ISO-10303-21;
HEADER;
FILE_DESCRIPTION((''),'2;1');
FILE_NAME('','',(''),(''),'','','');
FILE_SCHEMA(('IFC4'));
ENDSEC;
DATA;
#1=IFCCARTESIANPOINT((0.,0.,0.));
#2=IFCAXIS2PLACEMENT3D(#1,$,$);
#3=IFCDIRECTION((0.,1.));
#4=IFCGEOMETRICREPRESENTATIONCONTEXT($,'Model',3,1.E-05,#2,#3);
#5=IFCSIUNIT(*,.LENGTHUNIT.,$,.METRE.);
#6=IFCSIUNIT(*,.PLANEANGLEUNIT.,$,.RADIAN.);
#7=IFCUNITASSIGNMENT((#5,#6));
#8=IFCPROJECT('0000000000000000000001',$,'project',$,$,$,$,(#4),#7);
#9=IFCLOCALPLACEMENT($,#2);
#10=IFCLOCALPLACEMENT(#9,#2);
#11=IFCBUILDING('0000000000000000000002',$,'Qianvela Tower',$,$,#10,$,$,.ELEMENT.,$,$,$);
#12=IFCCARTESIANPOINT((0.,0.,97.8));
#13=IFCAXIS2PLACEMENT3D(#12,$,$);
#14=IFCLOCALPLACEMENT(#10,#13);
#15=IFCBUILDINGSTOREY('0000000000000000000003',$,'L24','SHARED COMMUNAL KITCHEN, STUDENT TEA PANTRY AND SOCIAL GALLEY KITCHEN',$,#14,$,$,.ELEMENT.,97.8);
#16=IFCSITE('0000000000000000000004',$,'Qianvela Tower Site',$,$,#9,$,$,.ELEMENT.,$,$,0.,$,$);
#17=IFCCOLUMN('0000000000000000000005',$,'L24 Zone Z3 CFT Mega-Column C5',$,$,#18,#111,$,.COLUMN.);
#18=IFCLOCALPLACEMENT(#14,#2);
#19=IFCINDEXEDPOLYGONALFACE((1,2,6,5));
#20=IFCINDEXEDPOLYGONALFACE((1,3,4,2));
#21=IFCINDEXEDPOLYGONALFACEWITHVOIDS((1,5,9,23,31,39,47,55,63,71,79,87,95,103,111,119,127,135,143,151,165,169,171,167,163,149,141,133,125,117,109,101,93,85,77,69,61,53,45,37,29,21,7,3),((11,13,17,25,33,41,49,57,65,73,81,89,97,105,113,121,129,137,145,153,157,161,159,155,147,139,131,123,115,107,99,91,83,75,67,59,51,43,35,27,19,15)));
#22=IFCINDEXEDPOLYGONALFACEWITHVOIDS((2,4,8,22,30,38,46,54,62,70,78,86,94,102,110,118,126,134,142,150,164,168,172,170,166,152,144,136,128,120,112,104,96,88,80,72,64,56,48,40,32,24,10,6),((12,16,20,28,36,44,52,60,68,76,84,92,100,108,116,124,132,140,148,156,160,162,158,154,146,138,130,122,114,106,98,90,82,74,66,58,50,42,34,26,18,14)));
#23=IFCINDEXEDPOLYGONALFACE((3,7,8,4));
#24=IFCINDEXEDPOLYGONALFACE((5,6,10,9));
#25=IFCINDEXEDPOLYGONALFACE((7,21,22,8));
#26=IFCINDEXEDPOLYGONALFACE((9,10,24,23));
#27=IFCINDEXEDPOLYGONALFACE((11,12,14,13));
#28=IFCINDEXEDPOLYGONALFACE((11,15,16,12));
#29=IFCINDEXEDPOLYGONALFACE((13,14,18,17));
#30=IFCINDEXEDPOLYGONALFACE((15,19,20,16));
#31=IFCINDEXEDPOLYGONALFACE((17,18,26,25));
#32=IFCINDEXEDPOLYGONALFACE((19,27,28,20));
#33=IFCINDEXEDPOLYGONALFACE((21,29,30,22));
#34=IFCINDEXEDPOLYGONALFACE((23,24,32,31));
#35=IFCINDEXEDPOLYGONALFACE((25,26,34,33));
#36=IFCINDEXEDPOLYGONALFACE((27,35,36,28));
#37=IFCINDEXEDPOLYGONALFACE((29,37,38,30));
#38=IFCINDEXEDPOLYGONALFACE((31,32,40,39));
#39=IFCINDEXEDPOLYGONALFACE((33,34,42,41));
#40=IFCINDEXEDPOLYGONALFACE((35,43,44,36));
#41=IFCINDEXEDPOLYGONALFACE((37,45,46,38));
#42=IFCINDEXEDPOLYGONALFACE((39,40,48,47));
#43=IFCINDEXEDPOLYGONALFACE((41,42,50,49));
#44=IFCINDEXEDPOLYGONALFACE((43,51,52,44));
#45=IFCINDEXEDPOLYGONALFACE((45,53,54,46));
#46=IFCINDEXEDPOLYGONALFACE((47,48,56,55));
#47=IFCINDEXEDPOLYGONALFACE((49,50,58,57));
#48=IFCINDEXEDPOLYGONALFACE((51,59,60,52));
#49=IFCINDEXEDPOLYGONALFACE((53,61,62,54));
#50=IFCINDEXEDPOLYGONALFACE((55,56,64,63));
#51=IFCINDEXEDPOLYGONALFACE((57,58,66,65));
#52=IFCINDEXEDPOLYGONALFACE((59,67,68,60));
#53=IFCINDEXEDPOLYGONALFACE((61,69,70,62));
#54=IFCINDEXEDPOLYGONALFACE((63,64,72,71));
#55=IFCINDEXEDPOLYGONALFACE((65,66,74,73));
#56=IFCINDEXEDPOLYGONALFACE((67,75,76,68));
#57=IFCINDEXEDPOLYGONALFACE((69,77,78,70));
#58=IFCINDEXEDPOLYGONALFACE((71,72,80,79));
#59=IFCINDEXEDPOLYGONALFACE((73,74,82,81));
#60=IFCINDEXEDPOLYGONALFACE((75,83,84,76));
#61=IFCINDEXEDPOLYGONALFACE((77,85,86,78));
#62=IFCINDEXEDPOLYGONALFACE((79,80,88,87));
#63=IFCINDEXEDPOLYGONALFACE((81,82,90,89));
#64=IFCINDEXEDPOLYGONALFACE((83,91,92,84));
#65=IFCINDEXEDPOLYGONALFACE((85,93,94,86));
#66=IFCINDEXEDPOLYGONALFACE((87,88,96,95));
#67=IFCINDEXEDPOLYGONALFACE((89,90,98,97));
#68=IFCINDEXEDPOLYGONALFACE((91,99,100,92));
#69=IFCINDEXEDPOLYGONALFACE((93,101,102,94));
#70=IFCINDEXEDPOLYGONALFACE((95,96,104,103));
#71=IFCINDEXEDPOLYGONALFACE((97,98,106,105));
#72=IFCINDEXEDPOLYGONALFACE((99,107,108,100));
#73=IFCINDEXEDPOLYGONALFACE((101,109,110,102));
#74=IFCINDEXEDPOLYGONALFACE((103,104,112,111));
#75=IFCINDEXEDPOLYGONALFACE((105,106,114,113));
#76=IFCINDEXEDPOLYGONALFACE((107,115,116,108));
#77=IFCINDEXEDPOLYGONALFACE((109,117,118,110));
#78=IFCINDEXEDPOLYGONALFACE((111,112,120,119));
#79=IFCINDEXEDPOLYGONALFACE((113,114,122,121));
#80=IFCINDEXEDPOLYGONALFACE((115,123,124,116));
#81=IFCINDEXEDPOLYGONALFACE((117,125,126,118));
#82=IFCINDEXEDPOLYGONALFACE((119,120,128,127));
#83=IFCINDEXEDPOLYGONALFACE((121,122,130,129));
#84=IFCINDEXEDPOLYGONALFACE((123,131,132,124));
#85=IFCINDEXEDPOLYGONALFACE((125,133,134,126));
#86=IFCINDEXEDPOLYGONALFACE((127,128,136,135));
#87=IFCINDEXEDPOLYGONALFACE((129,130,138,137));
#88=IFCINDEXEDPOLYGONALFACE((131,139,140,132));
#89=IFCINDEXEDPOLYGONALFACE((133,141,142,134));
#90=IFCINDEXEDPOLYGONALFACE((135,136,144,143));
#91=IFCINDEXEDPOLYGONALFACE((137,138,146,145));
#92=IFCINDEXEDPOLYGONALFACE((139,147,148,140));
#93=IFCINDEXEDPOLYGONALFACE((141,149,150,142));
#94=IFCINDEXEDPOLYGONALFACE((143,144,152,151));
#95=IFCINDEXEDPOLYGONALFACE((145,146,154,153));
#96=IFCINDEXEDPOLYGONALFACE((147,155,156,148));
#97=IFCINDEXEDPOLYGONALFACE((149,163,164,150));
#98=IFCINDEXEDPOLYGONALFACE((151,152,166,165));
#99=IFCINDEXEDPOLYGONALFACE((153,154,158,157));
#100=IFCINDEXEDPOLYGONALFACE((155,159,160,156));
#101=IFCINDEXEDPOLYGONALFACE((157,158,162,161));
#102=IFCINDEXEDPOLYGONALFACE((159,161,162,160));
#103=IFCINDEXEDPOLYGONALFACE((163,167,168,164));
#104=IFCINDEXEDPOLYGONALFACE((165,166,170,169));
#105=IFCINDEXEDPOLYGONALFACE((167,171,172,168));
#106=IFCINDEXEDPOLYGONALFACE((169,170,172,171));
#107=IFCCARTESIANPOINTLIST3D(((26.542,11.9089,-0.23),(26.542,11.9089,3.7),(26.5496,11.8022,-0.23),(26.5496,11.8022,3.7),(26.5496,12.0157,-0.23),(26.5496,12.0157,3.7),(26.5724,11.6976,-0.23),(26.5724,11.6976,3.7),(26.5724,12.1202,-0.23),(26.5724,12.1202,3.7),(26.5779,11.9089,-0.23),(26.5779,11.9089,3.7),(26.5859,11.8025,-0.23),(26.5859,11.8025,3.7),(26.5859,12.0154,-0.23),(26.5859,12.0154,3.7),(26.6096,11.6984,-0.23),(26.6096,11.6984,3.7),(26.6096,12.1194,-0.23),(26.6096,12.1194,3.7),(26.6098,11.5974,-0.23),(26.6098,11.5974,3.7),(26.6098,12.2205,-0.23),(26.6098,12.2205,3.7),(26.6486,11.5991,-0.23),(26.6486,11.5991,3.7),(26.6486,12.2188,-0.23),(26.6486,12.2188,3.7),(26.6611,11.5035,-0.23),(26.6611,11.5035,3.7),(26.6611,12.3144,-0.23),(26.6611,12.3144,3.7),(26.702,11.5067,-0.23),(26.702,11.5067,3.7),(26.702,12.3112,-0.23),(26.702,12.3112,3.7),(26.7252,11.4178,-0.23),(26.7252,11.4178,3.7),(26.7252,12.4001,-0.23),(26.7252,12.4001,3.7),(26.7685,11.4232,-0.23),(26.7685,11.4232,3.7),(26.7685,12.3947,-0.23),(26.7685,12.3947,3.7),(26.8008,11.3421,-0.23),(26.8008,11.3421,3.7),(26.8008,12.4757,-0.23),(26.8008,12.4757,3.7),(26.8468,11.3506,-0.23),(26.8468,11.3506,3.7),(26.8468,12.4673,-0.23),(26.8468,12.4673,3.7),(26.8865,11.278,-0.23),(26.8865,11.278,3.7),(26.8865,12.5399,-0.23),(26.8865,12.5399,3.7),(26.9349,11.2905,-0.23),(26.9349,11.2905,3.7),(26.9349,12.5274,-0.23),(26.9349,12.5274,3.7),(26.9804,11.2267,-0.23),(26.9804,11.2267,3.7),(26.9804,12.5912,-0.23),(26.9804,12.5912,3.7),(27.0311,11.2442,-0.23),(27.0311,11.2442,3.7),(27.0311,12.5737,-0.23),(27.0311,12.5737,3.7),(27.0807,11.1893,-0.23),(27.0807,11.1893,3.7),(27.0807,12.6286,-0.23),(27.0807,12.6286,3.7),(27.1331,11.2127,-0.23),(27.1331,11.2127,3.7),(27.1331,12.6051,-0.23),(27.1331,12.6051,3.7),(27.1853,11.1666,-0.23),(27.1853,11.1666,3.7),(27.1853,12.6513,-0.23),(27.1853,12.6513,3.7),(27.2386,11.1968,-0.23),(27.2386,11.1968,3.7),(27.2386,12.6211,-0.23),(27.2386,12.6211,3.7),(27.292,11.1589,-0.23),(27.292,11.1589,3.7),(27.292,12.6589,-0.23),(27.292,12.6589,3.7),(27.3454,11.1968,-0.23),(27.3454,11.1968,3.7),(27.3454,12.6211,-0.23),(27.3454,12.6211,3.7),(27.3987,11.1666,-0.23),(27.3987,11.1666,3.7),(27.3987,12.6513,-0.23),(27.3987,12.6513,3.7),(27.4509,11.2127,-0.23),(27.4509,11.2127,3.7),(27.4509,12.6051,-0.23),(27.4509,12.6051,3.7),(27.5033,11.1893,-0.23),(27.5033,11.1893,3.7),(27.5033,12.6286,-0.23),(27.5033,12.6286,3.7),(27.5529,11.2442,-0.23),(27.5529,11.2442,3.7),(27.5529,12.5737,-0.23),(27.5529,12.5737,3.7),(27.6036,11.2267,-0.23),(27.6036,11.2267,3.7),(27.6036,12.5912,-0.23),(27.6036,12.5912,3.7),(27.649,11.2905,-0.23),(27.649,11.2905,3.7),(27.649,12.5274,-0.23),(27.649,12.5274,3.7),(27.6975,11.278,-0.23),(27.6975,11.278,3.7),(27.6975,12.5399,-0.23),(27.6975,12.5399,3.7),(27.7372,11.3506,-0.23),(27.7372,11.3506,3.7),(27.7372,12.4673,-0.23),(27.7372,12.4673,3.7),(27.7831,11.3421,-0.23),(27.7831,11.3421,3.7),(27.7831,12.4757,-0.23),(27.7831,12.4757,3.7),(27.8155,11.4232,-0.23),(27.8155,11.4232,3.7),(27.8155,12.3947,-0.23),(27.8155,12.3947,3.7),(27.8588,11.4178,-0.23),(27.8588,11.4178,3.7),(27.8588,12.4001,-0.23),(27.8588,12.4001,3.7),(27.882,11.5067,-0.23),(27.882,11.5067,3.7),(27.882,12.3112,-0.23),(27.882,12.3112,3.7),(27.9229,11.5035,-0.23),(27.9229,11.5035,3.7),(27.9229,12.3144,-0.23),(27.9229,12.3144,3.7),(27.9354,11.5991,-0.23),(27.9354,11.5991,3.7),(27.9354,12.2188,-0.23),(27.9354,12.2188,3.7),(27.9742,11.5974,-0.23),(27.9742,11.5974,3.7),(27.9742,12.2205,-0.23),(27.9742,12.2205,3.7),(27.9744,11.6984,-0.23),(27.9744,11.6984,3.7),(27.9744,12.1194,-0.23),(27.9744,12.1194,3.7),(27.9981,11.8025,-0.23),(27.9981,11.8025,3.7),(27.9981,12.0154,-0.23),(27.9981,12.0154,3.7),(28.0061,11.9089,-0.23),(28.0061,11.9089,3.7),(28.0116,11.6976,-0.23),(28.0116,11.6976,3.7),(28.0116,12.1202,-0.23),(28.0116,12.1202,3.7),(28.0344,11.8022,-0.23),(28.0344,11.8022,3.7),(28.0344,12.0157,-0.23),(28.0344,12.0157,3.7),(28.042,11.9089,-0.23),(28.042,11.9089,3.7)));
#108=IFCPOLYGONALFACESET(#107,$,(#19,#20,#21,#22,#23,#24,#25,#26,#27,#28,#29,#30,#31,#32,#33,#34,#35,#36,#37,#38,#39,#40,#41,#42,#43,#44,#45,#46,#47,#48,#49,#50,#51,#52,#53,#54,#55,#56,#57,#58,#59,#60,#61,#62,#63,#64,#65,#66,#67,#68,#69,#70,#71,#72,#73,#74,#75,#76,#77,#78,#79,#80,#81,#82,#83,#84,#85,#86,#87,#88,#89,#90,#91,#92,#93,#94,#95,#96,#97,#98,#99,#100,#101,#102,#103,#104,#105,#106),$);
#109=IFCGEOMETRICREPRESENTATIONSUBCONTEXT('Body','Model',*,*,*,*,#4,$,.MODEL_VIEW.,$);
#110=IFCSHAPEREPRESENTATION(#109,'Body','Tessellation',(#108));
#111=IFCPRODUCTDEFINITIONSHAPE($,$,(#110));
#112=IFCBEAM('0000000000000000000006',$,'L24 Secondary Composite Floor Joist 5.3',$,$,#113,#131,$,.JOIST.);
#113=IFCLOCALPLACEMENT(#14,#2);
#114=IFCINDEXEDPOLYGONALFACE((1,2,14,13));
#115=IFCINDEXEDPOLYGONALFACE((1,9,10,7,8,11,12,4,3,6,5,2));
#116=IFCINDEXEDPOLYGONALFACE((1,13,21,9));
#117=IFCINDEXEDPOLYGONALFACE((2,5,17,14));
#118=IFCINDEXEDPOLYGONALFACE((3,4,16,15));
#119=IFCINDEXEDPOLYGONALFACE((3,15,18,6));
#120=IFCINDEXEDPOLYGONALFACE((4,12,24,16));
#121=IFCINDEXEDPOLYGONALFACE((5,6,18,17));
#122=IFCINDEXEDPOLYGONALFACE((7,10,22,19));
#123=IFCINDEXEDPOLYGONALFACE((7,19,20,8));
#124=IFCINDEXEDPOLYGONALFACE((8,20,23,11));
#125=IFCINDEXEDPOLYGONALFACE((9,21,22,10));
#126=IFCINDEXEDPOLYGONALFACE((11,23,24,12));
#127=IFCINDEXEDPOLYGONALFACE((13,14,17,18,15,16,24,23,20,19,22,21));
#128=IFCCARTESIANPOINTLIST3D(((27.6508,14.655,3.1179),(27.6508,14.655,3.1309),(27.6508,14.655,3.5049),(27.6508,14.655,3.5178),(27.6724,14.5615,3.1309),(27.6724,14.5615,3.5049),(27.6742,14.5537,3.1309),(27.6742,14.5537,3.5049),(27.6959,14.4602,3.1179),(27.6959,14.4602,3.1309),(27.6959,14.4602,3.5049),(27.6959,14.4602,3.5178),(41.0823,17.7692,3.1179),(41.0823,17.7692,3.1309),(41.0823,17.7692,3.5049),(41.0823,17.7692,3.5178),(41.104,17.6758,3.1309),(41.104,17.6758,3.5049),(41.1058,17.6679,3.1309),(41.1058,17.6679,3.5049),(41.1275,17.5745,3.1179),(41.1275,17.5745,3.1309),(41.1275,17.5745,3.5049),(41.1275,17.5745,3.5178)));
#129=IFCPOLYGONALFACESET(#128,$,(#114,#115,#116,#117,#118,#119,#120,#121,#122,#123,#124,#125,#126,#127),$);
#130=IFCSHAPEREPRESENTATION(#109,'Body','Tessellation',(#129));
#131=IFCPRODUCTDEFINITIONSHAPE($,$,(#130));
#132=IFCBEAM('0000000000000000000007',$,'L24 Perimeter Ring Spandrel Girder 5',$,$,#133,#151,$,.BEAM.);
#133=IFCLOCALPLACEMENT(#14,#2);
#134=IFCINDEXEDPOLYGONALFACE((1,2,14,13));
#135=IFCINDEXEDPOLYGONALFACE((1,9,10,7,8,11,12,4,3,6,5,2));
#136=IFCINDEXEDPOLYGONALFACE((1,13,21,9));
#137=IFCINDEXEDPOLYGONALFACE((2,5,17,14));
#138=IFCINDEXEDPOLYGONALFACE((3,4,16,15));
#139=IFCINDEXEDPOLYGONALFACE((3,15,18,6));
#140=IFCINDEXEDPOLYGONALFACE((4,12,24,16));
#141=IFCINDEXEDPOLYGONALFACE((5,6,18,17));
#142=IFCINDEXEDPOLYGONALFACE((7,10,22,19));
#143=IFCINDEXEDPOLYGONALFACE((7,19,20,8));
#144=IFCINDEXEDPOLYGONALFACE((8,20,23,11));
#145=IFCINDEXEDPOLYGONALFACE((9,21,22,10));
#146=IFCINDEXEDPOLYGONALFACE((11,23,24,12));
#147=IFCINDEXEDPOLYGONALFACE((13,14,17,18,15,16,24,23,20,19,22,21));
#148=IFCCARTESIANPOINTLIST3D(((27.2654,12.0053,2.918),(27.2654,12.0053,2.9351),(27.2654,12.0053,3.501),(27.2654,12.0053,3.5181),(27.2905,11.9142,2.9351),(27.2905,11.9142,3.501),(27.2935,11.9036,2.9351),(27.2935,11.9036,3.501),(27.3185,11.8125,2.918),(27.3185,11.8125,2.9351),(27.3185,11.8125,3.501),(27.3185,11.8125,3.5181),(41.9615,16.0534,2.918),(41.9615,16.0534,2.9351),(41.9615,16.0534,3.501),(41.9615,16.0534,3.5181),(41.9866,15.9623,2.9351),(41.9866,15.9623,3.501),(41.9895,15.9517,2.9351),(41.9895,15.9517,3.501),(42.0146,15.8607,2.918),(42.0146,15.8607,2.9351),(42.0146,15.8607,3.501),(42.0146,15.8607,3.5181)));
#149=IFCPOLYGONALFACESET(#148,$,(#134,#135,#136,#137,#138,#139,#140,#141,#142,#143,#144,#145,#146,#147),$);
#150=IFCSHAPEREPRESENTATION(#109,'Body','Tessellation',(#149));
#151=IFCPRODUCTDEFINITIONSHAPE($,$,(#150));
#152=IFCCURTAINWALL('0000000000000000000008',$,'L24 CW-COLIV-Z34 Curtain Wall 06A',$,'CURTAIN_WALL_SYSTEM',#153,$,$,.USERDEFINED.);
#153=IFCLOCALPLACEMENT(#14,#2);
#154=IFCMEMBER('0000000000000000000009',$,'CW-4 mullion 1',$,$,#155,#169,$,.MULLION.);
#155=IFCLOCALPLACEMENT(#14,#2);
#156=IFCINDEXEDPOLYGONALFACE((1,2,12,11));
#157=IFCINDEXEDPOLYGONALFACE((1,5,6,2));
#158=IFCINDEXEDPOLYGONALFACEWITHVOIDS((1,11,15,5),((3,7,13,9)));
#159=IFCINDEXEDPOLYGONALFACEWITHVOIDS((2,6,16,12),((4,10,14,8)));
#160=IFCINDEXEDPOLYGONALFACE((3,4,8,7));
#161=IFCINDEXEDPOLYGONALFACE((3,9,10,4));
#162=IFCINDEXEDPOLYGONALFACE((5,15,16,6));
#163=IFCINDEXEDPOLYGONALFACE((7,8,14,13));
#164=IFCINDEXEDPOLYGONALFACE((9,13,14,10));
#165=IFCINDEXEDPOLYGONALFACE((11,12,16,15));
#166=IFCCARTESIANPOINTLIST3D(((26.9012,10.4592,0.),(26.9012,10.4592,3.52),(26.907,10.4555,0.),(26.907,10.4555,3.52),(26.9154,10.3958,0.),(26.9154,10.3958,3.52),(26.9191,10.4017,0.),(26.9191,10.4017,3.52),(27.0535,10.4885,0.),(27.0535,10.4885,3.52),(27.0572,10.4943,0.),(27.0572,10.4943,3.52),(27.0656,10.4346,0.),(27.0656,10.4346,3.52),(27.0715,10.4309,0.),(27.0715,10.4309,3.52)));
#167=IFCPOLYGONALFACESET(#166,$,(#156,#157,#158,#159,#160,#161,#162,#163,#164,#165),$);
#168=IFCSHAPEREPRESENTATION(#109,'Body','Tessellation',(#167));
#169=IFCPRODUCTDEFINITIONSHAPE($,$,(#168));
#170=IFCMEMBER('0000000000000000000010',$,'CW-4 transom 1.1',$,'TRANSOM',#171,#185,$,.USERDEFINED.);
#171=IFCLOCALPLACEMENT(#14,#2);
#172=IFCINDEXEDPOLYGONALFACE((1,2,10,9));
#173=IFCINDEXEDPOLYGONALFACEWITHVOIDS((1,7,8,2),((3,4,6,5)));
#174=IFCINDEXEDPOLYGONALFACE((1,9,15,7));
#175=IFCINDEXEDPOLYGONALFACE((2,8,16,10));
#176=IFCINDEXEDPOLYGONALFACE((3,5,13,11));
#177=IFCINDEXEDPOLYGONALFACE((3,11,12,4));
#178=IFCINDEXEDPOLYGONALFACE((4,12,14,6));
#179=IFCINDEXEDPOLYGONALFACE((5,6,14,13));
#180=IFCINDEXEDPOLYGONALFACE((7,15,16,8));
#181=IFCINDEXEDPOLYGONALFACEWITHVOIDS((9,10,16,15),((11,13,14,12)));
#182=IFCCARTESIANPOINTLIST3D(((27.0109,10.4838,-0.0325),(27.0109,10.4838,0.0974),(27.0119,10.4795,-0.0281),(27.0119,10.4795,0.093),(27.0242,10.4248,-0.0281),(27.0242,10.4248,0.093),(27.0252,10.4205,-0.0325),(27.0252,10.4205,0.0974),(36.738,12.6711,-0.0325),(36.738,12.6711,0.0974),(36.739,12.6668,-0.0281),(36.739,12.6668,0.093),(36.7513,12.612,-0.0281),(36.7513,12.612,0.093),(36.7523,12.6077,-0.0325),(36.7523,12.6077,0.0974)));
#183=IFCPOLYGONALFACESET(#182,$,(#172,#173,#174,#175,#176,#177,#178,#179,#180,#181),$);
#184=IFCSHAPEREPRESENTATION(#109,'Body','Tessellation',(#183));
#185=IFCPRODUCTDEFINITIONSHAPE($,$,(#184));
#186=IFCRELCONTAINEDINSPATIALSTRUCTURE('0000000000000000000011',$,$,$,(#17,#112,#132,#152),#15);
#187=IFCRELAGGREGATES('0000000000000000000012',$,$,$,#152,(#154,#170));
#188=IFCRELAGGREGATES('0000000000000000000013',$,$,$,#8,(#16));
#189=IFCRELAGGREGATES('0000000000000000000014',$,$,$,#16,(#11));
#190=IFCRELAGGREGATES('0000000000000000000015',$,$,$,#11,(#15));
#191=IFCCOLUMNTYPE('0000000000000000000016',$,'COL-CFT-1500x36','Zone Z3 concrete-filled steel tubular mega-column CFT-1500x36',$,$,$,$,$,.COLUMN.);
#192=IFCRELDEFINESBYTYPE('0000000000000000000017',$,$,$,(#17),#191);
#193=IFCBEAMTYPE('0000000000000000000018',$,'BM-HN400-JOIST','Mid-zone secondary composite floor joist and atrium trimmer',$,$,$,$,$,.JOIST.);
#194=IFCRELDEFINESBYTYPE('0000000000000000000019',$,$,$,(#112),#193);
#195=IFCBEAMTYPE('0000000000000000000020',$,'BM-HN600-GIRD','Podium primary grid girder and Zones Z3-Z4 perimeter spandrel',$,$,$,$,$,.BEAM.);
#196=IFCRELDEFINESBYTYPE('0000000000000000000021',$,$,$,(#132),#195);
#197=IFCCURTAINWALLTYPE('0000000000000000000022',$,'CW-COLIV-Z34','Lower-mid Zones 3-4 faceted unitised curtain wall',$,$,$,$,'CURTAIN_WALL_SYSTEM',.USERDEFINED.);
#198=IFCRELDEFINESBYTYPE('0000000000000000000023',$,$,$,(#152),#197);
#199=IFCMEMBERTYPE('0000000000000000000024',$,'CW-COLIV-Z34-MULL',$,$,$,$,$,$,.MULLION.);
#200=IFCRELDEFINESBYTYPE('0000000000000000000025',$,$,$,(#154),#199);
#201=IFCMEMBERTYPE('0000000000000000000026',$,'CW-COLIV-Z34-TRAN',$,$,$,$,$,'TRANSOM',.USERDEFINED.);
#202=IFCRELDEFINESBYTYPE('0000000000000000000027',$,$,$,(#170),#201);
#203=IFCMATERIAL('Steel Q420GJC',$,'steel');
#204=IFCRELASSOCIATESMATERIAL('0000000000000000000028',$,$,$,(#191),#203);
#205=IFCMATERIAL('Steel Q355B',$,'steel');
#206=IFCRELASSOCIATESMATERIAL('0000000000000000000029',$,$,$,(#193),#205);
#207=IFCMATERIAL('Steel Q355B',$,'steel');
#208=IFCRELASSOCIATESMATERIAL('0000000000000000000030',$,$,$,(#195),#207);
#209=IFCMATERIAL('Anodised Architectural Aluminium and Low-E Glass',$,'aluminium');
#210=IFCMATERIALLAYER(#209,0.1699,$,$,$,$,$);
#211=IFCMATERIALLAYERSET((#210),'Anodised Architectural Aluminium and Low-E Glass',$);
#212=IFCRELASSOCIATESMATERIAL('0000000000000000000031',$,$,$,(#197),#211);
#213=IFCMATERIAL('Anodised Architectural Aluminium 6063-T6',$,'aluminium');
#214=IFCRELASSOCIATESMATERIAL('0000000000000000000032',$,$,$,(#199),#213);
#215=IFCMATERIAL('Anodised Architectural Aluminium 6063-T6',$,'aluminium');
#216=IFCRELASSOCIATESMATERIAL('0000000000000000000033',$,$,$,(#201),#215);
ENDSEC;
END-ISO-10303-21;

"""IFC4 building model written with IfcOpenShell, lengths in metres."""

from ifc_helpers import new_model, si_unit, direction, frame, origin, origin_2d, place, context, subcontext, project, spatial, hollow_rectangle, hollow_circle, i_section, extrude, material, layer, layer_set, material_profile, profile_set, type_object, element, aggregate, save


model = new_model("IFC4")

# Units and contexts
model_context = context("Model", 3, precision=1e-05, world=origin(), true_north=direction((0.0, 1.0)))
body_context = subcontext(model_context, "Body", "Model", "MODEL_VIEW")
ifc_project = project(units=[si_unit("LENGTHUNIT", "METRE"), si_unit("PLANEANGLEUNIT", "RADIAN")], contexts=[model_context])

# Site, building, storey
site_placement = place(None, origin())
site = spatial("IfcSite", under=ifc_project, at=site_placement, Name="Qianvela Tower Site", CompositionType="ELEMENT", RefElevation=0.0)
building_placement = place(site_placement, origin())
building = spatial("IfcBuilding", under=site, at=building_placement, Name="Qianvela Tower", CompositionType="ELEMENT")
storey_placement = place(building_placement, frame((0.0, 0.0, 97.8)))
storey = spatial("IfcBuildingStorey", under=building, at=storey_placement, Name="L24", Description="SHARED COMMUNAL KITCHEN, STUDENT TEA PANTRY AND SOCIAL GALLEY KITCHEN", CompositionType="ELEMENT", Elevation=97.8)

# Column
ifc_material_1 = material(Name="Steel Q420GJC", Category="steel")
ifc_material_profile_1 = material_profile(ifc_material_1, hollow_circle(Radius=0.75, WallThickness=0.0359, at=origin_2d()), Name="CFT-1500x36")
ifc_profile_set_1 = profile_set([ifc_material_profile_1], Name="Steel Q420GJC")
column_type = type_object("IfcColumnType", Name="COL-CFT-1500x36", Description="Zone Z3 concrete-filled steel tubular mega-column CFT-1500x36", PredefinedType="COLUMN", material=ifc_profile_set_1)
column_placement = place(storey_placement, frame((27.292, 11.9089, -0.23), z_axis=(0.0, 0.0, 1.0), x_axis=(1.0, 0.0, 0.0)))
element("IfcColumn", 1, at=column_placement, inside=storey, type_object=column_type, Name="L24 Zone Z3 CFT Mega-Column C5", PredefinedType="COLUMN", context=body_context, shape_type="SweptSolid", body=[
    extrude(hollow_circle(Radius=0.75, WallThickness=0.0359, at=origin_2d()), origin(), (0.0, 0.0, 1.0), 3.9299),
])

# Beams
ifc_material_2 = material(Name="Steel Q355B", Category="steel")
ifc_material_profile_2 = material_profile(ifc_material_2, i_section(OverallWidth=0.2, OverallDepth=0.3999, WebThickness=0.0081, FlangeThickness=0.0129, at=origin_2d()), Name="HN400x200x8x13")
ifc_profile_set_2 = profile_set([ifc_material_profile_2], Name="Steel Q355B")
beam_type_1 = type_object("IfcBeamType", Name="BM-HN400-JOIST", Description="Mid-zone secondary composite floor joist and atrium trimmer", PredefinedType="JOIST", material=ifc_profile_set_2)
beam_1_placement = place(storey_placement, frame((27.6733, 14.5576, 3.3179), z_axis=(0.974158, 0.225868, 0.0), x_axis=(-0.225868, 0.974158, 0.0)))
element("IfcBeam", 2, at=beam_1_placement, inside=storey, type_object=beam_type_1, Name="L24 Secondary Composite Floor Joist 5.3", PredefinedType="JOIST", context=body_context, shape_type="SweptSolid", body=[
    extrude(i_section(OverallWidth=0.2, OverallDepth=0.3999, WebThickness=0.0081, FlangeThickness=0.0129, at=origin_2d()), origin(), (0.0, 0.0, 1.0), 13.7878),
])
ifc_material_3 = material(Name="Steel Q355B", Category="steel")
ifc_material_profile_3 = material_profile(ifc_material_3, i_section(OverallWidth=0.2, OverallDepth=0.6001, WebThickness=0.011, FlangeThickness=0.0171, at=origin_2d()), Name="HN600x200x11x17")
ifc_profile_set_3 = profile_set([ifc_material_profile_3], Name="Steel Q355B")
beam_type_2 = type_object("IfcBeamType", Name="BM-HN600-GIRD", Description="Podium primary grid girder and Zones Z3-Z4 perimeter spandrel", PredefinedType="BEAM", material=ifc_profile_set_3)
beam_2_placement = place(storey_placement, frame((27.292, 11.9089, 3.218), z_axis=(0.964093, 0.265564, 0.0), x_axis=(-0.265564, 0.964093, 0.0)))
element("IfcBeam", 3, at=beam_2_placement, inside=storey, type_object=beam_type_2, Name="L24 Perimeter Ring Spandrel Girder 5", PredefinedType="BEAM", context=body_context, shape_type="SweptSolid", body=[
    extrude(i_section(OverallWidth=0.2, OverallDepth=0.6001, WebThickness=0.011, FlangeThickness=0.0171, at=origin_2d()), origin(), (0.0, 0.0, 1.0), 15.2434),
])

# Curtain wall, members
ifc_material_4 = material(Name="Anodised Architectural Aluminium and Low-E Glass", Category="aluminium")
ifc_layer_1 = layer(ifc_material_4, 0.1699)
ifc_layer_set_1 = layer_set([ifc_layer_1], Name="Anodised Architectural Aluminium and Low-E Glass")
curtain_wall_type = type_object("IfcCurtainWallType", Name="CW-COLIV-Z34", Description="Lower-mid Zones 3-4 faceted unitised curtain wall", ElementType="CURTAIN_WALL_SYSTEM", PredefinedType="USERDEFINED", material=ifc_layer_set_1)
curtain_wall_placement = place(storey_placement, origin())
curtain_wall = element("IfcCurtainWall", 4, at=curtain_wall_placement, inside=storey, type_object=curtain_wall_type, Name="L24 CW-COLIV-Z34 Curtain Wall 06A", ObjectType="CURTAIN_WALL_SYSTEM", PredefinedType="USERDEFINED")
ifc_material_5 = material(Name="Anodised Architectural Aluminium 6063-T6", Category="aluminium")
ifc_material_profile_4 = material_profile(ifc_material_5, hollow_rectangle(XDim=0.0649, YDim=0.1599, WallThickness=0.0049, at=origin_2d()), Name="ALU-MULL-65x160")
ifc_profile_set_4 = profile_set([ifc_material_profile_4], Name="Anodised Architectural Aluminium 6063-T6")
member_type_1 = type_object("IfcMemberType", Name="CW-COLIV-Z34-MULL", PredefinedType="MULLION", material=ifc_profile_set_4)
member_1_placement = place(storey_placement, frame((26.9863, 10.4451, 0.0), z_axis=(0.0, 0.0, 1.0), x_axis=(-0.219387, 0.975638, 0.0)))
member_1 = element("IfcMember", 5, at=member_1_placement, type_object=member_type_1, Name="CW-4 mullion 1", PredefinedType="MULLION", context=body_context, shape_type="SweptSolid", body=[
    extrude(hollow_rectangle(XDim=0.0649, YDim=0.1599, WallThickness=0.0049, at=origin_2d()), origin(), (0.0, 0.0, 1.0), 3.52),
])
ifc_material_6 = material(Name="Anodised Architectural Aluminium 6063-T6", Category="aluminium")
ifc_material_profile_5 = material_profile(ifc_material_6, hollow_rectangle(XDim=0.0649, YDim=0.1299, WallThickness=0.0044, at=origin_2d()), Name="ALU-TRAN-65x130")
ifc_profile_set_5 = profile_set([ifc_material_profile_5], Name="Anodised Architectural Aluminium 6063-T6")
member_type_2 = type_object("IfcMemberType", Name="CW-COLIV-Z34-TRAN", ElementType="TRANSOM", PredefinedType="USERDEFINED", material=ifc_profile_set_5)
member_2_placement = place(storey_placement, frame((27.0181, 10.4521, 0.0325), z_axis=(0.975638, 0.219385, 0.0), x_axis=(-0.219385, 0.975638, 0.0)))
member_2 = element("IfcMember", 6, at=member_2_placement, type_object=member_type_2, Name="CW-4 transom 1.1", ObjectType="TRANSOM", PredefinedType="USERDEFINED", context=body_context, shape_type="SweptSolid", body=[
    extrude(hollow_rectangle(XDim=0.0649, YDim=0.1299, WallThickness=0.0044, at=origin_2d()), origin(), (0.0, 0.0, 1.0), 9.97),
])
aggregate(curtain_wall, [member_1, member_2])

save(model, "model.ifc")
